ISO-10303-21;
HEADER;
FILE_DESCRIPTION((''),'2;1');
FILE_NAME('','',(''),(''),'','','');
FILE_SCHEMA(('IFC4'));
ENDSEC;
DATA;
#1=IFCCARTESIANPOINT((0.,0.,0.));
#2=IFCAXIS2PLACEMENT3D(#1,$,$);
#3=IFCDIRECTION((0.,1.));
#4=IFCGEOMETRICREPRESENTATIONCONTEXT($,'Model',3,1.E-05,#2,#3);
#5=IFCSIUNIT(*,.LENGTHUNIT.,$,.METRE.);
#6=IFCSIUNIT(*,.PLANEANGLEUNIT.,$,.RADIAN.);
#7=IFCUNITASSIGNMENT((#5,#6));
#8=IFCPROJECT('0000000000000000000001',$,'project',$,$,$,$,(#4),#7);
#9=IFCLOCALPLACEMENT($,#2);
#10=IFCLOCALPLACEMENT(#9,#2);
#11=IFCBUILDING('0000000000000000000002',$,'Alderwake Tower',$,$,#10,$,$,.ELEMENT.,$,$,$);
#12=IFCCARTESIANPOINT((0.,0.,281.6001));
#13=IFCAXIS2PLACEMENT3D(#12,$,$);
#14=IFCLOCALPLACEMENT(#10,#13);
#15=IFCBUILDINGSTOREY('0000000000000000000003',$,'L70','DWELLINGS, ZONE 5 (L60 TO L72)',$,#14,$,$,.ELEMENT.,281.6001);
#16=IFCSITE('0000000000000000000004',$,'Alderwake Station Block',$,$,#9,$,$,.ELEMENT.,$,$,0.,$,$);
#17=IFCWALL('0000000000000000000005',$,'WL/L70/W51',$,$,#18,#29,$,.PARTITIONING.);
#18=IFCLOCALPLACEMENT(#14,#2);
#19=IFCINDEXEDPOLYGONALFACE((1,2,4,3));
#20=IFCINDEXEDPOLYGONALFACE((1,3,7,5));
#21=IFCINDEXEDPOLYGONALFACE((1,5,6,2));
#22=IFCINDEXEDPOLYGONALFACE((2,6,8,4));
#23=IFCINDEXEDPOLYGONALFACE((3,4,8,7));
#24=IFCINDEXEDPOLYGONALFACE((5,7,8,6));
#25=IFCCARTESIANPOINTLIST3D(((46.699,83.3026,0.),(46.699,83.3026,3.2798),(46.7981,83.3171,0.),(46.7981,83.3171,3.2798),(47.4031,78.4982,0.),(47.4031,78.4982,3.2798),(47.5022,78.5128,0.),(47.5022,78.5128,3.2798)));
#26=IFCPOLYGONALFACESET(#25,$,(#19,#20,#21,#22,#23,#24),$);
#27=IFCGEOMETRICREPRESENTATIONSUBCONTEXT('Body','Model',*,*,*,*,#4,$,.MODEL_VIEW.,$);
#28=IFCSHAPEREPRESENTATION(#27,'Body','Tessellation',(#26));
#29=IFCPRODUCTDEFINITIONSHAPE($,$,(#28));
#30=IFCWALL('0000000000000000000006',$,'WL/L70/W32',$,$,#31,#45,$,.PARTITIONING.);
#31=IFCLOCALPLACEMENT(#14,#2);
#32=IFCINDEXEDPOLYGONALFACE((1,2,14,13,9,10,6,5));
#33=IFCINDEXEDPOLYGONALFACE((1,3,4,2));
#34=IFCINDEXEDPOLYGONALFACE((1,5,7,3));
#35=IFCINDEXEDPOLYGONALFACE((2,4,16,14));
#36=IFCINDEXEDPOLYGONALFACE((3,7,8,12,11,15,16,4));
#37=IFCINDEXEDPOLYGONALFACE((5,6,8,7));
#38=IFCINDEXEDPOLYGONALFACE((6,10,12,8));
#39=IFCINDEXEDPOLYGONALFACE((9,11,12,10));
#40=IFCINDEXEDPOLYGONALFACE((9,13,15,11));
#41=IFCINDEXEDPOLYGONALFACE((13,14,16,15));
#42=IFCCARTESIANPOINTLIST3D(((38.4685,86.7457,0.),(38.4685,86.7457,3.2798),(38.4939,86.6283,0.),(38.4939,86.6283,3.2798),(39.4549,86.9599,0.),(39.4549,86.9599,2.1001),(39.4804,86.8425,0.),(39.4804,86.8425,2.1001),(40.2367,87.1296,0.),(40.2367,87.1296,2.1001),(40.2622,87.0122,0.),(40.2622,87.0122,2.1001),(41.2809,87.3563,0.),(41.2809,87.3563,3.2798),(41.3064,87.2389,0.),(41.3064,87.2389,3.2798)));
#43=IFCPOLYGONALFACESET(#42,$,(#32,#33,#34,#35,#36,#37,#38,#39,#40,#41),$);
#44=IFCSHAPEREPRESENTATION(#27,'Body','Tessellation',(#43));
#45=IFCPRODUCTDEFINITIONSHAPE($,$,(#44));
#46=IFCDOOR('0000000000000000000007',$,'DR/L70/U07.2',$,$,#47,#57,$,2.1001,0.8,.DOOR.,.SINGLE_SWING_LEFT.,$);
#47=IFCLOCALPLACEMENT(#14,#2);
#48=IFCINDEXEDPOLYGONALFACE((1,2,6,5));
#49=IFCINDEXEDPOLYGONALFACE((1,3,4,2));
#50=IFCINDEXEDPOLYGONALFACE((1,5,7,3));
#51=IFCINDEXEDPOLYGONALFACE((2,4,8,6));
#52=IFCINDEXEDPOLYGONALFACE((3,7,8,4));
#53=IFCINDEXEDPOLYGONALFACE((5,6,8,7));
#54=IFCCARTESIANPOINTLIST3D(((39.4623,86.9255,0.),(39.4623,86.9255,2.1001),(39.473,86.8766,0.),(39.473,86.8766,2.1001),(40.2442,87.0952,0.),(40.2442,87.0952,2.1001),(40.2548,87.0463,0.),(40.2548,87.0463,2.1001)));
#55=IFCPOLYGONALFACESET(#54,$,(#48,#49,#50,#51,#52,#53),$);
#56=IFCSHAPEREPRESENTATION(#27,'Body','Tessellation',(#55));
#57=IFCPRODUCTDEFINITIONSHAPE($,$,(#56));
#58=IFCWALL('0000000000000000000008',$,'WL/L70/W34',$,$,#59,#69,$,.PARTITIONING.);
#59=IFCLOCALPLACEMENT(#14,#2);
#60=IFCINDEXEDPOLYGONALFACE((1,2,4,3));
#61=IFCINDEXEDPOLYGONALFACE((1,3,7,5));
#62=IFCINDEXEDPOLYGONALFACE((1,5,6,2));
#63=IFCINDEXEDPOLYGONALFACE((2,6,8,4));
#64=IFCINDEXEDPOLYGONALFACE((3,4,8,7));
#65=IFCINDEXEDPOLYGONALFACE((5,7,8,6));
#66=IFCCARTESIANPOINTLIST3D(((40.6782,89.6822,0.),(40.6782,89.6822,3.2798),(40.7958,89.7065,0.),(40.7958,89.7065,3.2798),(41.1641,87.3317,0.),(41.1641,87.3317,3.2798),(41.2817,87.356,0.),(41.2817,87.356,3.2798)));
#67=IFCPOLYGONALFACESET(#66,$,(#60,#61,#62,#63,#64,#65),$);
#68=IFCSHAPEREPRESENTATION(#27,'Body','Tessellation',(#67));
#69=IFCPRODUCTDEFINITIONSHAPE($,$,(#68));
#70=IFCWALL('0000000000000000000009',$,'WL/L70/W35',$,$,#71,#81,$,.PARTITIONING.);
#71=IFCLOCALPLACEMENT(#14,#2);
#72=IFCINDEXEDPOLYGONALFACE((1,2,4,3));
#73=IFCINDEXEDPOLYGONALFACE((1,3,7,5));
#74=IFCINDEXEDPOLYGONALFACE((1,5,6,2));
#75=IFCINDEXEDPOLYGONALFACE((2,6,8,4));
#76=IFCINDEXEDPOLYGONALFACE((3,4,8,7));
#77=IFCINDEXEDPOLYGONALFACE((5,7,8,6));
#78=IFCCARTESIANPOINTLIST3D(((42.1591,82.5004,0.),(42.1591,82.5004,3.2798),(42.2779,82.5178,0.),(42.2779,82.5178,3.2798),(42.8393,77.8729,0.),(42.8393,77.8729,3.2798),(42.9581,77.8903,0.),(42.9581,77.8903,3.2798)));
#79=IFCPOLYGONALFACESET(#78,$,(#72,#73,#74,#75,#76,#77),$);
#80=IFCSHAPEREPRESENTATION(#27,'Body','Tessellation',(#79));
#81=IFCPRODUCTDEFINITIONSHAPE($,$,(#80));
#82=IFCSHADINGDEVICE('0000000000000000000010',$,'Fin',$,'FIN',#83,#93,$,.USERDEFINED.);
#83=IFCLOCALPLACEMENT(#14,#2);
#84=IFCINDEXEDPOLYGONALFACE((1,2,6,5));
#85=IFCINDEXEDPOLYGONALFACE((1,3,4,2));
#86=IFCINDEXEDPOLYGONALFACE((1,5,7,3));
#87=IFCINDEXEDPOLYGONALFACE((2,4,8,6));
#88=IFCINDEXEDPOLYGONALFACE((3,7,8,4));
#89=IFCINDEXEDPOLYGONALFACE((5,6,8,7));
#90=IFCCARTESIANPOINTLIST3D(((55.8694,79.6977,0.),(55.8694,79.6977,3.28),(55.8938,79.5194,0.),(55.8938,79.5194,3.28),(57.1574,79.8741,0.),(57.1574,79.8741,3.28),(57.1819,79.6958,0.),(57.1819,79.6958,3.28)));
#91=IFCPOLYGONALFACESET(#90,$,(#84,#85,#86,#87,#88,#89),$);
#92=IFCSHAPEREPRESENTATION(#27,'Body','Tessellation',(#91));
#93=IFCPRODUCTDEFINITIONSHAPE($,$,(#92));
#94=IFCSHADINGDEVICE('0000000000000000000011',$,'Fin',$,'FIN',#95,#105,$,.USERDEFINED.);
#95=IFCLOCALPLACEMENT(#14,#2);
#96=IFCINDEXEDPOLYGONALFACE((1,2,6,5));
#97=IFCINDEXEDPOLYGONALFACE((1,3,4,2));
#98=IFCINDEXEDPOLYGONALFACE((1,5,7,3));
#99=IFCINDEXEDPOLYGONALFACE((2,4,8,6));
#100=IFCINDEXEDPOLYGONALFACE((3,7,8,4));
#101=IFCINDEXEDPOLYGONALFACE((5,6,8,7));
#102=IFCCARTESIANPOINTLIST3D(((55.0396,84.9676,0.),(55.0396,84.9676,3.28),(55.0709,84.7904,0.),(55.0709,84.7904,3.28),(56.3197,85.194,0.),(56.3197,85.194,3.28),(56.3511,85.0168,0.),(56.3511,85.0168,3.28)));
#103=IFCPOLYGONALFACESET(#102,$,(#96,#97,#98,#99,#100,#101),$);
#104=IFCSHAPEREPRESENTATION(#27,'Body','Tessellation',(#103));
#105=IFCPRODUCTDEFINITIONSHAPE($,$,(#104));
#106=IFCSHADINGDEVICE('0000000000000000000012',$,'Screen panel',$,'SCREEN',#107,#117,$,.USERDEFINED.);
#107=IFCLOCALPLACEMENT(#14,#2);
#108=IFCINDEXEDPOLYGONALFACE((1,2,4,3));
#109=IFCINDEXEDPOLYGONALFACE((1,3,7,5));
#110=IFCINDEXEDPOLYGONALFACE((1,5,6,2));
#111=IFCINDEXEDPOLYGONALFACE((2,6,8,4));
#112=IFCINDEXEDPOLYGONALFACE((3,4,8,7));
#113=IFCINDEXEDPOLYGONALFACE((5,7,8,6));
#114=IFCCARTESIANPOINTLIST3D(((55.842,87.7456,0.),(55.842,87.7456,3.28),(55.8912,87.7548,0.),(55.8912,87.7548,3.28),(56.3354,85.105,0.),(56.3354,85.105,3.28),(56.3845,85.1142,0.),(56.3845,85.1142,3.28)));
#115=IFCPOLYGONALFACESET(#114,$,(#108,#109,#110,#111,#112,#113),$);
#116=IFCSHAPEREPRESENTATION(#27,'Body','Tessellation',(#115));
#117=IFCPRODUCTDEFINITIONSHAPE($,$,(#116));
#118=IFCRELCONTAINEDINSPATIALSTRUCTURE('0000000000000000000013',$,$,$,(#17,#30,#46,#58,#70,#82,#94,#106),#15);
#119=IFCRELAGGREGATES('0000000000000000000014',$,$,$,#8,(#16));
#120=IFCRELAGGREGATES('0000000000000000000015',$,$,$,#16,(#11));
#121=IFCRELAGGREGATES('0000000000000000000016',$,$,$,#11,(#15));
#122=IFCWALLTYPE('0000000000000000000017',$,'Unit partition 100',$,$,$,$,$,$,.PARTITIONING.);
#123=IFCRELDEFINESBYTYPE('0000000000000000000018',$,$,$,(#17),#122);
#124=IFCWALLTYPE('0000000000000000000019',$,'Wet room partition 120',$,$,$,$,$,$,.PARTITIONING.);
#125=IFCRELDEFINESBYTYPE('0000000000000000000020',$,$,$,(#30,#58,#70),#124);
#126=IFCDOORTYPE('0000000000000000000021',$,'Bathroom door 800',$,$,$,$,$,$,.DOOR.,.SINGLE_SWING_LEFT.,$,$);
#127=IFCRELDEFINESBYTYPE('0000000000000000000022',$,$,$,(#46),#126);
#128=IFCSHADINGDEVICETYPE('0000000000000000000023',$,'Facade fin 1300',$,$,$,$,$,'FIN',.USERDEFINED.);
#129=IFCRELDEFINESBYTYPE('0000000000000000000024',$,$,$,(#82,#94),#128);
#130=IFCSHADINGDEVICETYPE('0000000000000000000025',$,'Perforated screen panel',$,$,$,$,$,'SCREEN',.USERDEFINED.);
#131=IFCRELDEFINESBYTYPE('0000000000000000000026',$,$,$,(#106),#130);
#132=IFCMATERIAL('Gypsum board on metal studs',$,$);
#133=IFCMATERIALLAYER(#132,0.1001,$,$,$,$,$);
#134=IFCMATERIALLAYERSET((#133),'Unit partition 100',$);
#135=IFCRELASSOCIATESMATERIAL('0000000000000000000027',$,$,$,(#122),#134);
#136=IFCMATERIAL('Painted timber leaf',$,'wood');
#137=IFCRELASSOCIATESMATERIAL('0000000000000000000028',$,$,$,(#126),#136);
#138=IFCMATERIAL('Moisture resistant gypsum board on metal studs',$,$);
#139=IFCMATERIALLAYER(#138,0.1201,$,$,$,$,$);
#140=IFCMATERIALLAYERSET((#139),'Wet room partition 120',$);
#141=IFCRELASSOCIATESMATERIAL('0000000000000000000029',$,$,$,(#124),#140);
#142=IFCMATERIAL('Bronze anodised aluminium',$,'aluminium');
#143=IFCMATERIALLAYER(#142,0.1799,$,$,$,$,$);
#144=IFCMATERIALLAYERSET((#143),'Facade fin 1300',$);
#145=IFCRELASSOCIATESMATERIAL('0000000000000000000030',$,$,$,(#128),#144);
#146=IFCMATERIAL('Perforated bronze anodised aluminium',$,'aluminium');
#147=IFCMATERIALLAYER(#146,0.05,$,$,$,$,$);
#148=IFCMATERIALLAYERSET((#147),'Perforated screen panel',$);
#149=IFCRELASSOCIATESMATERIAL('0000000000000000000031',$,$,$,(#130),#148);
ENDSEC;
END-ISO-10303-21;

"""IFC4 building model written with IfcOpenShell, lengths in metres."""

from ifc_helpers import new_model, si_unit, direction, frame, frame_2d, origin, origin_2d, place, context, subcontext, project, spatial, rectangle, extrude, material, layer, layer_set, type_object, element, fill, save


model = new_model("IFC4")

# Units and contexts
model_context = context("Model", 3, precision=1e-05, world=origin(), true_north=direction((0.0, 1.0)))
body_context = subcontext(model_context, "Body", "Model", "MODEL_VIEW")
ifc_project = project(units=[si_unit("LENGTHUNIT", "METRE"), si_unit("PLANEANGLEUNIT", "RADIAN")], contexts=[model_context])

# Site, building, storey
site_placement = place(None, origin())
site = spatial("IfcSite", under=ifc_project, at=site_placement, Name="Alderwake Station Block", CompositionType="ELEMENT", RefElevation=0.0)
building_placement = place(site_placement, origin())
building = spatial("IfcBuilding", under=site, at=building_placement, Name="Alderwake Tower", CompositionType="ELEMENT")
storey_placement = place(building_placement, frame((0.0, 0.0, 281.6001)))
storey = spatial("IfcBuildingStorey", under=building, at=storey_placement, Name="L70", Description="DWELLINGS, ZONE 5 (L60 TO L72)", CompositionType="ELEMENT", Elevation=281.6001)

# Shared definitions
ifc_material_1 = material(Name="Gypsum board on metal studs")
ifc_layer_1 = layer(ifc_material_1, 0.1001)
ifc_layer_set_1 = layer_set([ifc_layer_1], Name="Unit partition 100")
wall_type_1 = type_object("IfcWallType", Name="Unit partition 100", PredefinedType="PARTITIONING", material=ifc_layer_set_1)
ifc_material_2 = material(Name="Painted timber leaf", Category="wood")
door_type_1 = type_object("IfcDoorType", Name="Bathroom door 800", OperationType="SINGLE_SWING_LEFT", PredefinedType="DOOR", material=ifc_material_2)

# Wall
wall_1_placement = place(storey_placement, frame((47.4526, 78.5056, 0.0), z_axis=(0.0, 0.0, 1.0), x_axis=(-0.145003, 0.989431, 0.0)))
element("IfcWall", 1, at=wall_1_placement, inside=storey, type_object=wall_type_1, Name="WL/L70/W51", PredefinedType="PARTITIONING", context=body_context, shape_type="SweptSolid", body=[
    extrude(rectangle(XDim=4.8557, YDim=0.1001, at=frame_2d((2.4277, 0.0))), origin(), (0.0, 0.0, 1.0), 3.2798),
])

# Wall, opening, door
ifc_material_3 = material(Name="Moisture resistant gypsum board on metal studs")
ifc_layer_2 = layer(ifc_material_3, 0.1201)
ifc_layer_set_2 = layer_set([ifc_layer_2], Name="Wet room partition 120")
wall_type_2 = type_object("IfcWallType", Name="Wet room partition 120", PredefinedType="PARTITIONING", material=ifc_layer_set_2)
wall_2_placement = place(storey_placement, frame((38.4812, 86.687, 0.0), z_axis=(0.0, 0.0, 1.0), x_axis=(0.977235, 0.212158, 0.0)))
wall_2 = element("IfcWall", 2, at=wall_2_placement, inside=storey, type_object=wall_type_2, Name="WL/L70/W32", PredefinedType="PARTITIONING", context=body_context, shape_type="SweptSolid", body=[
    extrude(rectangle(XDim=2.8779, YDim=0.1201, at=frame_2d((1.439, 0.0))), origin(), (0.0, 0.0, 1.0), 3.2798),
])
opening_1_placement = place(wall_2_placement, frame((1.0095, 0.0, 0.0)))
opening_1 = element("IfcOpeningElement", 3, at=opening_1_placement, cuts=wall_2, PredefinedType="OPENING", context=body_context, shape_type="SweptSolid", body=[
    extrude(rectangle(XDim=0.8, YDim=2.1001, at=frame_2d((0.3999, 1.05))), frame((0.0, 0.0701, 0.0), z_axis=(0.0, -1.0, 0.0), x_axis=(1.0, 0.0, 0.0)), (0.0, 0.0, 1.0), 0.1401),
])
door_1_placement = place(opening_1_placement, origin())
door_1 = element("IfcDoor", 4, at=door_1_placement, inside=storey, type_object=door_type_1, Name="DR/L70/U07.2", OperationType="SINGLE_SWING_LEFT", OverallHeight=2.1001, OverallWidth=0.8, PredefinedType="DOOR", context=body_context, shape_type="SweptSolid", body=[
    extrude(rectangle(XDim=0.8, YDim=2.1001, at=frame_2d((0.3999, 1.05))), frame((0.0, 0.0249, 0.0), z_axis=(0.0, -1.0, 0.0), x_axis=(1.0, 0.0, 0.0)), (0.0, 0.0, 1.0), 0.05),
])
fill(opening_1, door_1)

# Walls
wall_3_placement = place(storey_placement, frame((41.2229, 87.3438, 0.0), z_axis=(0.0, 0.0, 1.0), x_axis=(-0.202431, 0.979297, 0.0)))
element("IfcWall", 5, at=wall_3_placement, inside=storey, type_object=wall_type_2, Name="WL/L70/W34", PredefinedType="PARTITIONING", context=body_context, shape_type="SweptSolid", body=[
    extrude(rectangle(XDim=2.4001, YDim=0.1201, at=frame_2d((1.2002, 0.0))), origin(), (0.0, 0.0, 1.0), 3.2798),
])
wall_4_placement = place(storey_placement, frame((42.8987, 77.8816, 0.0), z_axis=(0.0, 0.0, 1.0), x_axis=(-0.145425, 0.989369, 0.0)))
element("IfcWall", 6, at=wall_4_placement, inside=storey, type_object=wall_type_2, Name="WL/L70/W35", PredefinedType="PARTITIONING", context=body_context, shape_type="SweptSolid", body=[
    extrude(rectangle(XDim=4.6772, YDim=0.1201, at=frame_2d((2.3386, 0.0))), origin(), (0.0, 0.0, 1.0), 3.2798),
])

# Shading devices
ifc_material_4 = material(Name="Bronze anodised aluminium", Category="aluminium")
ifc_layer_3 = layer(ifc_material_4, 0.1799)
ifc_layer_set_3 = layer_set([ifc_layer_3], Name="Facade fin 1300")
shading_device_type_1 = type_object("IfcShadingDeviceType", Name="Facade fin 1300", ElementType="FIN", PredefinedType="USERDEFINED", material=ifc_layer_set_3)
for number, where, z_axis, x_axis, name in (
    (7, (56.5256, 79.6968, 0.0), (0.0, 0.0, 1.0), (0.990753, 0.135681, 0.0), "Fin"),
    (8, (55.6953, 84.9922, 0.0), (0.0, 0.0, 1.0), (0.984726, 0.174109, 0.0), "Fin"),
):
    element("IfcShadingDevice", number, at=place(storey_placement, frame(where, z_axis=z_axis, x_axis=x_axis)), inside=storey, type_object=shading_device_type_1, Name=name, ObjectType="FIN", PredefinedType="USERDEFINED", context=body_context, shape_type="SweptSolid", body=[
        extrude(rectangle(XDim=1.3, YDim=0.1799, at=origin_2d()), origin(), (0.0, 0.0, 1.0), 3.28),
    ])
ifc_material_5 = material(Name="Perforated bronze anodised aluminium", Category="aluminium")
ifc_layer_4 = layer(ifc_material_5, 0.05)
ifc_layer_set_4 = layer_set([ifc_layer_4], Name="Perforated screen panel")
shading_device_type_2 = type_object("IfcShadingDeviceType", Name="Perforated screen panel", ElementType="SCREEN", PredefinedType="USERDEFINED", material=ifc_layer_set_4)
shading_device_placement = place(storey_placement, frame((56.1133, 86.4299, 0.0), z_axis=(0.0, 0.0, 1.0), x_axis=(0.982991, 0.183651, 0.0)))
element("IfcShadingDevice", 9, at=shading_device_placement, inside=storey, type_object=shading_device_type_2, Name="Screen panel", ObjectType="SCREEN", PredefinedType="USERDEFINED", context=body_context, shape_type="SweptSolid", body=[
    extrude(rectangle(XDim=0.05, YDim=2.6863, at=origin_2d()), origin(), (0.0, 0.0, 1.0), 3.28),
])

save(model, "model.ifc")
